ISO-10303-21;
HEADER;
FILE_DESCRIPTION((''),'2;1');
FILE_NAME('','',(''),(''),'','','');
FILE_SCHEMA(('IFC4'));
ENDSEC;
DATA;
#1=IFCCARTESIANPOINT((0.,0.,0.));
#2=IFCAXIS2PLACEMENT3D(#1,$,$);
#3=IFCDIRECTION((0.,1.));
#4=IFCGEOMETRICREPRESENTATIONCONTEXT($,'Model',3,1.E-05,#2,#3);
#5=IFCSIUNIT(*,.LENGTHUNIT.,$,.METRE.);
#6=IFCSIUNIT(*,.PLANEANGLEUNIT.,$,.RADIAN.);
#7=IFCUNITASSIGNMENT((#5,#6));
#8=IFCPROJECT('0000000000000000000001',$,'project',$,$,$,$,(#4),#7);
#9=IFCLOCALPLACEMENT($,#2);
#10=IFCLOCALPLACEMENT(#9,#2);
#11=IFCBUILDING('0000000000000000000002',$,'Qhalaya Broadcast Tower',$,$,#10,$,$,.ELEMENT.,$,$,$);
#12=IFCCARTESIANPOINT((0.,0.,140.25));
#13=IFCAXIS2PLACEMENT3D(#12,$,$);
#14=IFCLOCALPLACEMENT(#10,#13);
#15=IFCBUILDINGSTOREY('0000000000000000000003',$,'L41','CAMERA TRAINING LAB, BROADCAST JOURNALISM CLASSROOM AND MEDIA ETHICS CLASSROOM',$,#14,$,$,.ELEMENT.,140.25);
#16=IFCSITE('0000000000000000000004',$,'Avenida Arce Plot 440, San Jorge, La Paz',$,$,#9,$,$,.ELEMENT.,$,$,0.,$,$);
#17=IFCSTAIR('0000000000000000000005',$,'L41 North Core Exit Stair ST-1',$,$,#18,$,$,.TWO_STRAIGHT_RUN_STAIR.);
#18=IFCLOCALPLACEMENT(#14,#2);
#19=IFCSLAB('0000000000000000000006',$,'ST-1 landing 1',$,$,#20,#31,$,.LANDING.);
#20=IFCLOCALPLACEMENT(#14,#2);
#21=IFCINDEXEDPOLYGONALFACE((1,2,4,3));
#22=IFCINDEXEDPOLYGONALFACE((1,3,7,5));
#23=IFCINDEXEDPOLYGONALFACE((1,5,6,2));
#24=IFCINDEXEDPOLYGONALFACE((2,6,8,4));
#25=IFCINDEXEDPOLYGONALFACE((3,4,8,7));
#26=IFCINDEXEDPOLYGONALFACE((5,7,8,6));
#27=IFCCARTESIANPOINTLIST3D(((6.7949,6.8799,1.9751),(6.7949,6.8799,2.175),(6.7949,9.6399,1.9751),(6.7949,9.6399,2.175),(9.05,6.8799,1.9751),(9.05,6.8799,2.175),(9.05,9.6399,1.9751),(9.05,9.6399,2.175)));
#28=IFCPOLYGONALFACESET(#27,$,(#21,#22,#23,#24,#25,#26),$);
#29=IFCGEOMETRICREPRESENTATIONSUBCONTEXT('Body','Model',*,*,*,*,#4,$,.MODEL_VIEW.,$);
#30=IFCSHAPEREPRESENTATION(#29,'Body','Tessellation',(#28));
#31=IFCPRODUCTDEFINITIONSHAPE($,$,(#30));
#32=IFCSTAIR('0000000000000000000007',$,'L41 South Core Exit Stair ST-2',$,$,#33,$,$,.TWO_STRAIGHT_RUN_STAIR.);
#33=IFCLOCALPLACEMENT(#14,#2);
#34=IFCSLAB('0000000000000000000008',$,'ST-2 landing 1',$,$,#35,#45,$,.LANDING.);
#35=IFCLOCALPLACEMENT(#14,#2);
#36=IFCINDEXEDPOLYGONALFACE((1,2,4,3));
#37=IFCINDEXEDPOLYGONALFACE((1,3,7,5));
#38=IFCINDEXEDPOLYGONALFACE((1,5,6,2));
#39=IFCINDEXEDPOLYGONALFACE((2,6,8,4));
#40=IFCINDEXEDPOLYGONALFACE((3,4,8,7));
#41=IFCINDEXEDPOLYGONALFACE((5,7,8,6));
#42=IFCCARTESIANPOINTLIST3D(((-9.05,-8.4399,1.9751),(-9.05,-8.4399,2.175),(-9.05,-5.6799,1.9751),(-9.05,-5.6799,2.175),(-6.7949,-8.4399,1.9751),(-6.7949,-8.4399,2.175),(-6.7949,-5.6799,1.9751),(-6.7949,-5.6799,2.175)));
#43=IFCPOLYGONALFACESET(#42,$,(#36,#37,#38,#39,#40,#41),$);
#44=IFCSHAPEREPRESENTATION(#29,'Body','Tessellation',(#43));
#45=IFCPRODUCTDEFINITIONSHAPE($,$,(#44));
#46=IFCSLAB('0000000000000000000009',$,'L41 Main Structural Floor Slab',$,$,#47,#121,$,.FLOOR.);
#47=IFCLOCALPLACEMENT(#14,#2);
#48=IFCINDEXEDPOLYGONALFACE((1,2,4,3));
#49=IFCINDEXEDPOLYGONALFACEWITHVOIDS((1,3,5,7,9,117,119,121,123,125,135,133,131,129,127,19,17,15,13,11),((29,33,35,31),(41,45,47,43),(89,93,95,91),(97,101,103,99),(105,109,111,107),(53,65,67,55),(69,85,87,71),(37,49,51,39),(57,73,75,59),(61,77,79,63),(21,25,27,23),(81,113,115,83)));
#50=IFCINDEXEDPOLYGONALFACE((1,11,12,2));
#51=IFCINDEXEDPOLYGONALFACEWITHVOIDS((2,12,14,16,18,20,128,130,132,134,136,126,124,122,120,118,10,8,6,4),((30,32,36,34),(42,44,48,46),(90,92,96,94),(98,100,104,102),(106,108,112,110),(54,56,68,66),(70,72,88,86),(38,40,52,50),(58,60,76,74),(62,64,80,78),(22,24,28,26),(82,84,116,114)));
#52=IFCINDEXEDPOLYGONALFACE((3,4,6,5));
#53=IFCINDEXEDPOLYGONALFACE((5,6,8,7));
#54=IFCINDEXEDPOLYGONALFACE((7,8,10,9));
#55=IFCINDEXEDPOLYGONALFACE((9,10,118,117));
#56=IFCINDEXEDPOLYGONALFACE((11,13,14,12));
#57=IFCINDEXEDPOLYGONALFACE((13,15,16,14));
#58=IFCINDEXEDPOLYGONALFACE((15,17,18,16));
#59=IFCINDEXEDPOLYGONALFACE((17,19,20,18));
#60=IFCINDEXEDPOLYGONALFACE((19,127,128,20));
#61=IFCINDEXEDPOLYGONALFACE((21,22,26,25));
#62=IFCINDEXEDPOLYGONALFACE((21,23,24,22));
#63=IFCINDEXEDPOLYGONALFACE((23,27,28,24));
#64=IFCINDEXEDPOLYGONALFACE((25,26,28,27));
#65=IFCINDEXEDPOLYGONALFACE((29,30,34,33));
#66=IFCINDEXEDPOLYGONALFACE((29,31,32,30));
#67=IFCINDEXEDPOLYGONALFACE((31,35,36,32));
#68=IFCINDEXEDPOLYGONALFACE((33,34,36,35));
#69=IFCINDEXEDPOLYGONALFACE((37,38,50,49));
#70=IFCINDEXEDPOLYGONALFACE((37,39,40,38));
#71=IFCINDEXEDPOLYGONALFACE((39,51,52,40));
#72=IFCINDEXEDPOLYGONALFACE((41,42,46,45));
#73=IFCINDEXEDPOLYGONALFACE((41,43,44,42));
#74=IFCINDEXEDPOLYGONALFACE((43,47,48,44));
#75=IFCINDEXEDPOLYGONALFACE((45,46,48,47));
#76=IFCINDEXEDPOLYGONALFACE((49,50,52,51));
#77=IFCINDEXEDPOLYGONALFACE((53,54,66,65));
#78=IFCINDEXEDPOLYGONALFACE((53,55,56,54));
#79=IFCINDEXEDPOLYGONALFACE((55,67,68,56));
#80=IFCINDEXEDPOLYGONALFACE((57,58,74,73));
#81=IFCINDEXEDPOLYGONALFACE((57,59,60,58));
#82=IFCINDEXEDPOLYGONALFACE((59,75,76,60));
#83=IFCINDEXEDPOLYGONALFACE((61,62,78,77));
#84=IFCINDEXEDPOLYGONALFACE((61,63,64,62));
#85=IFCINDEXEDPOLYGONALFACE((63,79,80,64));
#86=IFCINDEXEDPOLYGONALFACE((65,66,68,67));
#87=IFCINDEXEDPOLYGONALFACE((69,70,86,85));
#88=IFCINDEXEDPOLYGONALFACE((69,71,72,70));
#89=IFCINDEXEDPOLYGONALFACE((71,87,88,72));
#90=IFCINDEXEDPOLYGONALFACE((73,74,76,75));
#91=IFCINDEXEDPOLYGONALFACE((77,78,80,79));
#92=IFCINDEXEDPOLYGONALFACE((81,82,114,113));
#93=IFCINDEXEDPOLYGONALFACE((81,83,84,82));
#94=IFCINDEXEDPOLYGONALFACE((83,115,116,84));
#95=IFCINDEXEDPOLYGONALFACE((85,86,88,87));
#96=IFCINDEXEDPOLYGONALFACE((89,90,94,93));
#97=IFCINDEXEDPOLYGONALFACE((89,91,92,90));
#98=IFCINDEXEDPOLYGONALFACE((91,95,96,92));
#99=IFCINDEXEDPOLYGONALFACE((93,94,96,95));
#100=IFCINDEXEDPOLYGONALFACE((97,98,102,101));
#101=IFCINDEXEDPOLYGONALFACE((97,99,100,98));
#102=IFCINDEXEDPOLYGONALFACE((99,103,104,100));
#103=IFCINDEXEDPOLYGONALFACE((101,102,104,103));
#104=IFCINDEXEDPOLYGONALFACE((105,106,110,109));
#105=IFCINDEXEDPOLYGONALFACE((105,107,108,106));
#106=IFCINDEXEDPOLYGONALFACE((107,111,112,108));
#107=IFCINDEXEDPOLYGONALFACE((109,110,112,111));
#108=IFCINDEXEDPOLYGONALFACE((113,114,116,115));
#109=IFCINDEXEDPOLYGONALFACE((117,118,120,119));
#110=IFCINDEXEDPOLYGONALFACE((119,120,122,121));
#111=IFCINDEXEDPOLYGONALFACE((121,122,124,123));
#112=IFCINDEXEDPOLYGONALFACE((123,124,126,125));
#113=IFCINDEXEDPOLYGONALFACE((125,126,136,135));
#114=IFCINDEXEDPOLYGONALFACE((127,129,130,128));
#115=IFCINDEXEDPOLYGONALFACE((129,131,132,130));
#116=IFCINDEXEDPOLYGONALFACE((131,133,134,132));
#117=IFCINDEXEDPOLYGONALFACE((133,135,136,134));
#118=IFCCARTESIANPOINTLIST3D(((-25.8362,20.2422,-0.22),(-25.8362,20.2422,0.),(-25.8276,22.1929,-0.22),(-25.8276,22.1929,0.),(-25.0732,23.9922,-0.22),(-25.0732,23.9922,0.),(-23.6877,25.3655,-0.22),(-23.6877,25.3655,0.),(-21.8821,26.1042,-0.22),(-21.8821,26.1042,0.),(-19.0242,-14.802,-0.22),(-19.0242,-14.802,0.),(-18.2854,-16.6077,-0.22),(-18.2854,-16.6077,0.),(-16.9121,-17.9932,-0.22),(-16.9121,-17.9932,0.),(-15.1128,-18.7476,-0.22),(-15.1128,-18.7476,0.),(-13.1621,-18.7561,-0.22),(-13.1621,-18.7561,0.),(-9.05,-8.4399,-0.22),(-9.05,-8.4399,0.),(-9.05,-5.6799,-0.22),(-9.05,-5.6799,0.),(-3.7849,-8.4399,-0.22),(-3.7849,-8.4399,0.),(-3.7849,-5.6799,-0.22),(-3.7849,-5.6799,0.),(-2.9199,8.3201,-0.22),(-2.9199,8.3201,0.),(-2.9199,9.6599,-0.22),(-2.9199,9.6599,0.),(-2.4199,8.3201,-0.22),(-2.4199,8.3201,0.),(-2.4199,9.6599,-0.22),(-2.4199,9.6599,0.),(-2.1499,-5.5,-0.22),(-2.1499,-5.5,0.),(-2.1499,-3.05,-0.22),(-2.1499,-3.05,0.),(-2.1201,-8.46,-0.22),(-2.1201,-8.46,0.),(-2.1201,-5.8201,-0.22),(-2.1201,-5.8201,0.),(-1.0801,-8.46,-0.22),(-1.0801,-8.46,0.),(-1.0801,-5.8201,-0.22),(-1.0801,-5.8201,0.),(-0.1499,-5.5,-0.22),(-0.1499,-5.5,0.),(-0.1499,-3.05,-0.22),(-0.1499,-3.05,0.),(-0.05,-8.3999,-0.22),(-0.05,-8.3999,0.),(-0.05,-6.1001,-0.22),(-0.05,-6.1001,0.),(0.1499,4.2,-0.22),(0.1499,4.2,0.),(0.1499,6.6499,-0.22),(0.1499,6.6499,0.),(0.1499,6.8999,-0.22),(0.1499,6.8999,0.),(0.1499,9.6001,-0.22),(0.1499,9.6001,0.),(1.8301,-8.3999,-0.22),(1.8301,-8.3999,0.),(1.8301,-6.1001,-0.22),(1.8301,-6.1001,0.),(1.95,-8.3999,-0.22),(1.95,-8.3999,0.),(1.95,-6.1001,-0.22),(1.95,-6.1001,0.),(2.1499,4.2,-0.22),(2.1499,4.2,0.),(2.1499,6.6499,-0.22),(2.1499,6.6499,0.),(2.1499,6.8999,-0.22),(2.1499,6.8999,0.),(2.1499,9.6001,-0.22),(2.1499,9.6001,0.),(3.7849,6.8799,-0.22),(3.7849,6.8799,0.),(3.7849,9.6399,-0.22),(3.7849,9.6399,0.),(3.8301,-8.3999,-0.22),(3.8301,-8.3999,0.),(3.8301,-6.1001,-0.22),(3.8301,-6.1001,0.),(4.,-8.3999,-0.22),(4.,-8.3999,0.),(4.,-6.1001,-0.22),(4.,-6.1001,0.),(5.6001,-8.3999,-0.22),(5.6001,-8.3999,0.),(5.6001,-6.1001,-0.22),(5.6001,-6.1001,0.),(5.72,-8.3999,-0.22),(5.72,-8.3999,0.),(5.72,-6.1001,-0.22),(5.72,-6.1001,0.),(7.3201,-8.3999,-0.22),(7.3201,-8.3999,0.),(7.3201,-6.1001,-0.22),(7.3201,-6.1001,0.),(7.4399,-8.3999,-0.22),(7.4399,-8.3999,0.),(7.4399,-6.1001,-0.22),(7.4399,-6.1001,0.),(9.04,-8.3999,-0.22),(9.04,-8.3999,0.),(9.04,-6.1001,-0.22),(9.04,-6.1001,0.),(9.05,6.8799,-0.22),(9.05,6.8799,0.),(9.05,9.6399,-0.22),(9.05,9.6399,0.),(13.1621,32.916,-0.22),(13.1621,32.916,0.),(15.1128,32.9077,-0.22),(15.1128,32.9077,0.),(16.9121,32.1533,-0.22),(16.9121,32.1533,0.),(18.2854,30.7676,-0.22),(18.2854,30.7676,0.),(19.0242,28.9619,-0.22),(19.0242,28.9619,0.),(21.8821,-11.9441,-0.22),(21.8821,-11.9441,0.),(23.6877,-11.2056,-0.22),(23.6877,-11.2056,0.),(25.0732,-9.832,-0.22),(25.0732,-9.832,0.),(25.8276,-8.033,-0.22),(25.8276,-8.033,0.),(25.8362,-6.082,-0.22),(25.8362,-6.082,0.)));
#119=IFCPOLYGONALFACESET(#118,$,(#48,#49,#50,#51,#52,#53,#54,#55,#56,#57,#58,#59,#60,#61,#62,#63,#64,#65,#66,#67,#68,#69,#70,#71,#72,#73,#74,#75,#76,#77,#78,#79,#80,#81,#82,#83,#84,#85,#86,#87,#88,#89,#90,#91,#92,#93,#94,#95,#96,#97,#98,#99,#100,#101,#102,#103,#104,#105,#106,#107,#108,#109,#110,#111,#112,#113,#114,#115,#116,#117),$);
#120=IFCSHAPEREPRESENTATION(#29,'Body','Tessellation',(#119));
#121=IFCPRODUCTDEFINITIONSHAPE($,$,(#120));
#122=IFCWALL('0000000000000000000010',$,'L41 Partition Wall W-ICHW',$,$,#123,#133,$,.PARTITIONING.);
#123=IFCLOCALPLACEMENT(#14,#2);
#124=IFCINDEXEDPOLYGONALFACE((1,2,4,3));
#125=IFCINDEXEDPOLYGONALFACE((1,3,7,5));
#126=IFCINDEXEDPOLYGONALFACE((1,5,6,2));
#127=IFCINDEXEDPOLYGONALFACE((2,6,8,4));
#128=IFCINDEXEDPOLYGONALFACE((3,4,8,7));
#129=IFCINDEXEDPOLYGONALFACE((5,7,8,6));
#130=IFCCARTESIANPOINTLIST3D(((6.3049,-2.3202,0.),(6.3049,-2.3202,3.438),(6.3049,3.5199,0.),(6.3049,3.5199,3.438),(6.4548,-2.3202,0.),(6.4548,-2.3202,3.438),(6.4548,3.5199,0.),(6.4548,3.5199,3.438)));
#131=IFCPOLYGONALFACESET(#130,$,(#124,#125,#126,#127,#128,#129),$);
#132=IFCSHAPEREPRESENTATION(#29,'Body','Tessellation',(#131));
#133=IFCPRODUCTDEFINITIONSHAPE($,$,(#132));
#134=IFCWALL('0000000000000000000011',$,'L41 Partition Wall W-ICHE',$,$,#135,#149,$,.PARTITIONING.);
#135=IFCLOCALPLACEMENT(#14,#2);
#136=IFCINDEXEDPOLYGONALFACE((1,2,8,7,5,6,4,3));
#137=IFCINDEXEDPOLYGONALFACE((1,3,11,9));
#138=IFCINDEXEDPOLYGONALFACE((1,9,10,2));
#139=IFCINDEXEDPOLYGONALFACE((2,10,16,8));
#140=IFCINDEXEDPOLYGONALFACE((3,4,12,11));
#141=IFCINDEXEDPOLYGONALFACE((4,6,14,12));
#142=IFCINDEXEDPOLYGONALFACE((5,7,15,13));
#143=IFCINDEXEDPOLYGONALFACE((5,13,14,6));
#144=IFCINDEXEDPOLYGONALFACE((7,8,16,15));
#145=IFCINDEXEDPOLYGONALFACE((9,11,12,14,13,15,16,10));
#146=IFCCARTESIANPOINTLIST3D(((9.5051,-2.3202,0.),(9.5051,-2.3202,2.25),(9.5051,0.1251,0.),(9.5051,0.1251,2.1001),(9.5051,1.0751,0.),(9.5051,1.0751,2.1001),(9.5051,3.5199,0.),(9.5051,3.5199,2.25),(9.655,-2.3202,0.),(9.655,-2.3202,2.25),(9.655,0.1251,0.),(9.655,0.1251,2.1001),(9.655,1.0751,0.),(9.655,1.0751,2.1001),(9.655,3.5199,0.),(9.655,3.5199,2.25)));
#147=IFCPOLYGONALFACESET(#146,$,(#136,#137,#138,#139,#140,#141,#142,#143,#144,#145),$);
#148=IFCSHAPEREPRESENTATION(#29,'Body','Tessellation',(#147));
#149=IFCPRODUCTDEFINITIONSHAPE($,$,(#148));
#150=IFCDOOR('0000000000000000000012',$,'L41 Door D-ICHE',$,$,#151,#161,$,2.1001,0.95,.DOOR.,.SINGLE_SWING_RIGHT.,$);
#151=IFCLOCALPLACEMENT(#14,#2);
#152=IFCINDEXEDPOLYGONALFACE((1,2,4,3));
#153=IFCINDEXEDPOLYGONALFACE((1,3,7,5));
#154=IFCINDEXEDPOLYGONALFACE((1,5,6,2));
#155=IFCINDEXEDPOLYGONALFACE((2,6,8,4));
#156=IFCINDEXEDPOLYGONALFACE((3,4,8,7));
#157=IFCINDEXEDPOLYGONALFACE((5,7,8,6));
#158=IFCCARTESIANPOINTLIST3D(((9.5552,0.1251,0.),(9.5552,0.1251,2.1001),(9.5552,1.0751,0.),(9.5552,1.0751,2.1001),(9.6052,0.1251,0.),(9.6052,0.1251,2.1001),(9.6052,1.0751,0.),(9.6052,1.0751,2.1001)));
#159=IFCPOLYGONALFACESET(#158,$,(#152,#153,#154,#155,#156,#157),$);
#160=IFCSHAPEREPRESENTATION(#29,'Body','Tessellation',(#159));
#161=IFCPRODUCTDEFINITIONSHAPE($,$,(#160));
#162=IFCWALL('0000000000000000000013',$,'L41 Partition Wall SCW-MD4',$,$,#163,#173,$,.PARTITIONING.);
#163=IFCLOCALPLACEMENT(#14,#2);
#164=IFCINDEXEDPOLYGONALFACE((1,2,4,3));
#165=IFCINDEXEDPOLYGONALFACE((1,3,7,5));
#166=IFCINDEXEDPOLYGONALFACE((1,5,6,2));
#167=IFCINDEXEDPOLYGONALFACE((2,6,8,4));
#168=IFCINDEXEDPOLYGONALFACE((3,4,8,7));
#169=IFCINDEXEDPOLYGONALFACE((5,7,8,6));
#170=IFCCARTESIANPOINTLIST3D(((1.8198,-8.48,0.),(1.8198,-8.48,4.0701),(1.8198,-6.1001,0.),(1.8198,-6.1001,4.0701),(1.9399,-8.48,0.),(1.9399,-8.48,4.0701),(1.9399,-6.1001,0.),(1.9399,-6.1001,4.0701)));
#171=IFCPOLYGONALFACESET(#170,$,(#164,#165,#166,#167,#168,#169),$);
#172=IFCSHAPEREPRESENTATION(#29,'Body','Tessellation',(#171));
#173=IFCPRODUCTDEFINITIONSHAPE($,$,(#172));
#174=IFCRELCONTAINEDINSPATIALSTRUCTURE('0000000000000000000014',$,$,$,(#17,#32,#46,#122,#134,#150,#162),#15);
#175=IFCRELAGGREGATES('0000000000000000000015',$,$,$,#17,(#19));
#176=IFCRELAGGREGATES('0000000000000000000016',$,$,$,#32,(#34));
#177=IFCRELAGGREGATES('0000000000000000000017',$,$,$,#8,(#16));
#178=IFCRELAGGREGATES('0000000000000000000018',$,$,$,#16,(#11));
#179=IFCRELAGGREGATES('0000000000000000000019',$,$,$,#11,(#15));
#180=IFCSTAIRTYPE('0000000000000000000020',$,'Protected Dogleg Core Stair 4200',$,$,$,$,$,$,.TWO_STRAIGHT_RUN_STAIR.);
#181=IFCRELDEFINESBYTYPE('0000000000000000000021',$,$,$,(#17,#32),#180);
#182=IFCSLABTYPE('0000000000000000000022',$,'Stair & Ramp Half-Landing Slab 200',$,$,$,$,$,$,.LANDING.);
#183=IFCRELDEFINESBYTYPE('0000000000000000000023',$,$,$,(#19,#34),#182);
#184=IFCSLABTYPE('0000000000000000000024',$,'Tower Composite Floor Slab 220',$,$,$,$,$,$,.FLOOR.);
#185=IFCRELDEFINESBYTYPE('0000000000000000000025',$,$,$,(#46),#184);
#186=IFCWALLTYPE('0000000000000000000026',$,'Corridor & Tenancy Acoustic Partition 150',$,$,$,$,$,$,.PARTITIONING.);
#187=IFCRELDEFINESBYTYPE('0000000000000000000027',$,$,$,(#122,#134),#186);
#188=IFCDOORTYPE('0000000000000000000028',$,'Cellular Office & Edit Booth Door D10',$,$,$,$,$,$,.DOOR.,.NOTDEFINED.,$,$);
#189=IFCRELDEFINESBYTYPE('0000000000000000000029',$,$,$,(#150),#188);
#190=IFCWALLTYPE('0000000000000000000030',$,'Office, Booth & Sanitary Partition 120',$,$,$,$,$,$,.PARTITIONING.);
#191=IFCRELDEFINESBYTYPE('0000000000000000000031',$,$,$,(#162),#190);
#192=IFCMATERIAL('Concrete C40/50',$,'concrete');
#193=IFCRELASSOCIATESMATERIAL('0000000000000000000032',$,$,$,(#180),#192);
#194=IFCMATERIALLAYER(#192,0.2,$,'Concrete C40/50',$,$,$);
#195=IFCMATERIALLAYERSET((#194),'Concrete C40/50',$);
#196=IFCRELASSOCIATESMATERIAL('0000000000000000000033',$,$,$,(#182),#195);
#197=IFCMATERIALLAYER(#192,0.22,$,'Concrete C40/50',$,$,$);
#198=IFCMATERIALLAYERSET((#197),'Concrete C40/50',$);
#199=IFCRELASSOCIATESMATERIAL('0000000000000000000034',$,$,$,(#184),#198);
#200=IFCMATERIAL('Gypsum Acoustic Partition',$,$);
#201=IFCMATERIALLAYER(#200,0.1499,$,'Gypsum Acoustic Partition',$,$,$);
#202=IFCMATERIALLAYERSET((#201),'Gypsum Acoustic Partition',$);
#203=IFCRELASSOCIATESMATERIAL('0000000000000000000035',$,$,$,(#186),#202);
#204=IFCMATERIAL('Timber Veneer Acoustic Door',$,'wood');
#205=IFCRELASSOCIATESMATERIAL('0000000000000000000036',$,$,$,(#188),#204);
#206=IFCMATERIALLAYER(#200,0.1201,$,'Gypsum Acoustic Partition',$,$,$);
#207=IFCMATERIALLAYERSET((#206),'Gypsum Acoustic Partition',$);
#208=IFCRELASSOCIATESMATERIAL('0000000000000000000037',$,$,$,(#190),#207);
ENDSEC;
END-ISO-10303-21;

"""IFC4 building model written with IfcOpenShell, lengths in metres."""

from ifc_helpers import new_model, si_unit, direction, frame, frame_2d, origin, place, context, subcontext, project, spatial, polyline, rectangle, outline, extrude, material, layer, layer_set, type_object, element, fill, aggregate, save


model = new_model("IFC4")

# Units and contexts
model_context = context("Model", 3, precision=1e-05, world=origin(), true_north=direction((0.0, 1.0)))
body_context = subcontext(model_context, "Body", "Model", "MODEL_VIEW")
ifc_project = project(units=[si_unit("LENGTHUNIT", "METRE"), si_unit("PLANEANGLEUNIT", "RADIAN")], contexts=[model_context])

# Site, building, storey
site_placement = place(None, origin())
site = spatial("IfcSite", under=ifc_project, at=site_placement, Name="Avenida Arce Plot 440, San Jorge, La Paz", CompositionType="ELEMENT", RefElevation=0.0)
building_placement = place(site_placement, origin())
building = spatial("IfcBuilding", under=site, at=building_placement, Name="Qhalaya Broadcast Tower", CompositionType="ELEMENT")
storey_placement = place(building_placement, frame((0.0, 0.0, 140.25)))
storey = spatial("IfcBuildingStorey", under=building, at=storey_placement, Name="L41", Description="CAMERA TRAINING LAB, BROADCAST JOURNALISM CLASSROOM AND MEDIA ETHICS CLASSROOM", CompositionType="ELEMENT", Elevation=140.25)

# Stairs, slabs
ifc_material_1 = material(Name="Concrete C40/50", Category="concrete")
stair_type = type_object("IfcStairType", Name="Protected Dogleg Core Stair 4200", PredefinedType="TWO_STRAIGHT_RUN_STAIR", material=ifc_material_1)
stair_1_placement = place(storey_placement, origin())
stair_1 = element("IfcStair", 1, at=stair_1_placement, inside=storey, type_object=stair_type, Name="L41 North Core Exit Stair ST-1", PredefinedType="TWO_STRAIGHT_RUN_STAIR")
ifc_layer_1 = layer(ifc_material_1, 0.2, Name="Concrete C40/50")
ifc_layer_set_1 = layer_set([ifc_layer_1], Name="Concrete C40/50")
slab_type_1 = type_object("IfcSlabType", Name="Stair & Ramp Half-Landing Slab 200", PredefinedType="LANDING", material=ifc_layer_set_1)
slab_1_placement = place(storey_placement, frame((0.0, 0.0, 1.9751)))
slab_1 = element("IfcSlab", 2, at=slab_1_placement, type_object=slab_type_1, Name="ST-1 landing 1", PredefinedType="LANDING", context=body_context, shape_type="SweptSolid", body=[
    extrude(outline(polyline([(6.7949, 6.8799), (9.05, 6.8799), (9.05, 9.6399), (6.7949, 9.6399), (6.7949, 6.8799)])), origin(), (0.0, 0.0, 1.0), 0.2),
])
aggregate(stair_1, [slab_1])
stair_2_placement = place(storey_placement, origin())
stair_2 = element("IfcStair", 3, at=stair_2_placement, inside=storey, type_object=stair_type, Name="L41 South Core Exit Stair ST-2", PredefinedType="TWO_STRAIGHT_RUN_STAIR")
slab_2_placement = place(storey_placement, frame((0.0, 0.0, 1.9751)))
slab_2 = element("IfcSlab", 4, at=slab_2_placement, type_object=slab_type_1, Name="ST-2 landing 1", PredefinedType="LANDING", context=body_context, shape_type="SweptSolid", body=[
    extrude(outline(polyline([(-6.7949, -5.6799), (-9.05, -5.6799), (-9.05, -8.4399), (-6.7949, -8.4399), (-6.7949, -5.6799)])), origin(), (0.0, 0.0, 1.0), 0.2),
])
aggregate(stair_2, [slab_2])

# Slab
ifc_layer_2 = layer(ifc_material_1, 0.22, Name="Concrete C40/50")
ifc_layer_set_2 = layer_set([ifc_layer_2], Name="Concrete C40/50")
slab_type_2 = type_object("IfcSlabType", Name="Tower Composite Floor Slab 220", PredefinedType="FLOOR", material=ifc_layer_set_2)
slab_3_placement = place(storey_placement, frame((0.0, 0.0, -0.22)))
element("IfcSlab", 5, at=slab_3_placement, inside=storey, type_object=slab_type_2, Name="L41 Main Structural Floor Slab", PredefinedType="FLOOR", context=body_context, shape_type="SweptSolid", body=[
    extrude(outline(polyline([(21.8821, -11.9441), (23.6877, -11.2056), (25.0732, -9.832), (25.8276, -8.033), (25.8362, -6.082), (19.0242, 28.9619), (18.2854, 30.7676), (16.9121, 32.1533), (15.1128, 32.9077), (13.1621, 32.916), (-21.8821, 26.1042), (-23.6877, 25.3655), (-25.0732, 23.9922), (-25.8276, 22.1929), (-25.8362, 20.2422), (-19.0242, -14.802), (-18.2854, -16.6077), (-16.9121, -17.9932), (-15.1128, -18.7476), (-13.1621, -18.7561), (21.8821, -11.9441)]), holes=[polyline([(3.7849, 9.6399), (9.05, 9.6399), (9.05, 6.8799), (3.7849, 6.8799), (3.7849, 9.6399)]), polyline([(-3.7849, -8.4399), (-9.05, -8.4399), (-9.05, -5.6799), (-3.7849, -5.6799), (-3.7849, -8.4399)]), polyline([(0.1499, 6.6499), (2.1499, 6.6499), (2.1499, 4.2), (0.1499, 4.2), (0.1499, 6.6499)]), polyline([(0.1499, 9.6001), (2.1499, 9.6001), (2.1499, 6.8999), (0.1499, 6.8999), (0.1499, 9.6001)]), polyline([(-2.1499, -3.05), (-0.1499, -3.05), (-0.1499, -5.5), (-2.1499, -5.5), (-2.1499, -3.05)]), polyline([(-0.05, -6.1001), (1.8301, -6.1001), (1.8301, -8.3999), (-0.05, -8.3999), (-0.05, -6.1001)]), polyline([(1.95, -6.1001), (3.8301, -6.1001), (3.8301, -8.3999), (1.95, -8.3999), (1.95, -6.1001)]), polyline([(4.0, -6.1001), (5.6001, -6.1001), (5.6001, -8.3999), (4.0, -8.3999), (4.0, -6.1001)]), polyline([(5.72, -6.1001), (7.3201, -6.1001), (7.3201, -8.3999), (5.72, -8.3999), (5.72, -6.1001)]), polyline([(7.4399, -6.1001), (9.04, -6.1001), (9.04, -8.3999), (7.4399, -8.3999), (7.4399, -6.1001)]), polyline([(-2.9199, 9.6599), (-2.4199, 9.6599), (-2.4199, 8.3201), (-2.9199, 8.3201), (-2.9199, 9.6599)]), polyline([(-2.1201, -5.8201), (-1.0801, -5.8201), (-1.0801, -8.46), (-2.1201, -8.46), (-2.1201, -5.8201)])]), origin(), (0.0, 0.0, 1.0), 0.22),
])

# Wall
ifc_material_2 = material(Name="Gypsum Acoustic Partition")
ifc_layer_3 = layer(ifc_material_2, 0.1499, Name="Gypsum Acoustic Partition")
ifc_layer_set_3 = layer_set([ifc_layer_3], Name="Gypsum Acoustic Partition")
wall_type_1 = type_object("IfcWallType", Name="Corridor & Tenancy Acoustic Partition 150", PredefinedType="PARTITIONING", material=ifc_layer_set_3)
wall_1_placement = place(storey_placement, frame((6.3799, -2.3201, 0.0), z_axis=(0.0, 0.0, 1.0), x_axis=(0.0, 1.0, 0.0)))
element("IfcWall", 6, at=wall_1_placement, inside=storey, type_object=wall_type_1, Name="L41 Partition Wall W-ICHW", PredefinedType="PARTITIONING", context=body_context, shape_type="SweptSolid", body=[
    extrude(rectangle(XDim=5.8401, YDim=0.1499, at=frame_2d((2.9199, 0.0))), origin(), (0.0, 0.0, 1.0), 3.438),
])

# Wall, opening, door
wall_2_placement = place(storey_placement, frame((9.5801, -2.3201, 0.0), z_axis=(0.0, 0.0, 1.0), x_axis=(0.0, 1.0, 0.0)))
wall_2 = element("IfcWall", 7, at=wall_2_placement, inside=storey, type_object=wall_type_1, Name="L41 Partition Wall W-ICHE", PredefinedType="PARTITIONING", context=body_context, shape_type="SweptSolid", body=[
    extrude(rectangle(XDim=5.8401, YDim=0.1499, at=frame_2d((2.9199, 0.0))), origin(), (0.0, 0.0, 1.0), 2.25),
])
opening_1_placement = place(wall_2_placement, frame((2.4451, 0.0, 0.0)))
opening_1 = element("IfcOpeningElement", 8, at=opening_1_placement, cuts=wall_2, PredefinedType="OPENING", context=body_context, shape_type="SweptSolid", body=[
    extrude(rectangle(XDim=0.95, YDim=2.1001, at=frame_2d((0.4751, 1.05))), frame((0.0, 0.0869, 0.0), z_axis=(0.0, -1.0, 0.0), x_axis=(1.0, 0.0, 0.0)), (0.0, 0.0, 1.0), 0.1738),
])
ifc_material_3 = material(Name="Timber Veneer Acoustic Door", Category="wood")
door_type_1 = type_object("IfcDoorType", Name="Cellular Office & Edit Booth Door D10", OperationType="NOTDEFINED", PredefinedType="DOOR", material=ifc_material_3)
door_1_placement = place(opening_1_placement, origin())
door_1 = element("IfcDoor", 9, at=door_1_placement, inside=storey, type_object=door_type_1, Name="L41 Door D-ICHE", OperationType="SINGLE_SWING_RIGHT", OverallHeight=2.1001, OverallWidth=0.95, PredefinedType="DOOR", context=body_context, shape_type="SweptSolid", body=[
    extrude(rectangle(XDim=0.95, YDim=2.1001, at=frame_2d((0.4751, 1.05))), frame((0.0, 0.0249, 0.0), z_axis=(0.0, -1.0, 0.0), x_axis=(1.0, 0.0, 0.0)), (0.0, 0.0, 1.0), 0.05),
])
fill(opening_1, door_1)

# Wall
ifc_layer_4 = layer(ifc_material_2, 0.1201, Name="Gypsum Acoustic Partition")
ifc_layer_set_4 = layer_set([ifc_layer_4], Name="Gypsum Acoustic Partition")
wall_type_2 = type_object("IfcWallType", Name="Office, Booth & Sanitary Partition 120", PredefinedType="PARTITIONING", material=ifc_layer_set_4)
for number, where, z_axis, x_axis, name in (
    (10, (1.8799, -8.48, 0.0), (0.0, 0.0, 1.0), (0.0, 1.0, 0.0), "L41 Partition Wall SCW-MD4"),
):
    element("IfcWall", number, at=place(storey_placement, frame(where, z_axis=z_axis, x_axis=x_axis)), inside=storey, type_object=wall_type_2, Name=name, PredefinedType="PARTITIONING", context=body_context, shape_type="SweptSolid", body=[
        extrude(rectangle(XDim=2.3799, YDim=0.1201, at=frame_2d((1.1899, 0.0))), origin(), (0.0, 0.0, 1.0), 4.0701),
    ])

save(model, "model.ifc")
